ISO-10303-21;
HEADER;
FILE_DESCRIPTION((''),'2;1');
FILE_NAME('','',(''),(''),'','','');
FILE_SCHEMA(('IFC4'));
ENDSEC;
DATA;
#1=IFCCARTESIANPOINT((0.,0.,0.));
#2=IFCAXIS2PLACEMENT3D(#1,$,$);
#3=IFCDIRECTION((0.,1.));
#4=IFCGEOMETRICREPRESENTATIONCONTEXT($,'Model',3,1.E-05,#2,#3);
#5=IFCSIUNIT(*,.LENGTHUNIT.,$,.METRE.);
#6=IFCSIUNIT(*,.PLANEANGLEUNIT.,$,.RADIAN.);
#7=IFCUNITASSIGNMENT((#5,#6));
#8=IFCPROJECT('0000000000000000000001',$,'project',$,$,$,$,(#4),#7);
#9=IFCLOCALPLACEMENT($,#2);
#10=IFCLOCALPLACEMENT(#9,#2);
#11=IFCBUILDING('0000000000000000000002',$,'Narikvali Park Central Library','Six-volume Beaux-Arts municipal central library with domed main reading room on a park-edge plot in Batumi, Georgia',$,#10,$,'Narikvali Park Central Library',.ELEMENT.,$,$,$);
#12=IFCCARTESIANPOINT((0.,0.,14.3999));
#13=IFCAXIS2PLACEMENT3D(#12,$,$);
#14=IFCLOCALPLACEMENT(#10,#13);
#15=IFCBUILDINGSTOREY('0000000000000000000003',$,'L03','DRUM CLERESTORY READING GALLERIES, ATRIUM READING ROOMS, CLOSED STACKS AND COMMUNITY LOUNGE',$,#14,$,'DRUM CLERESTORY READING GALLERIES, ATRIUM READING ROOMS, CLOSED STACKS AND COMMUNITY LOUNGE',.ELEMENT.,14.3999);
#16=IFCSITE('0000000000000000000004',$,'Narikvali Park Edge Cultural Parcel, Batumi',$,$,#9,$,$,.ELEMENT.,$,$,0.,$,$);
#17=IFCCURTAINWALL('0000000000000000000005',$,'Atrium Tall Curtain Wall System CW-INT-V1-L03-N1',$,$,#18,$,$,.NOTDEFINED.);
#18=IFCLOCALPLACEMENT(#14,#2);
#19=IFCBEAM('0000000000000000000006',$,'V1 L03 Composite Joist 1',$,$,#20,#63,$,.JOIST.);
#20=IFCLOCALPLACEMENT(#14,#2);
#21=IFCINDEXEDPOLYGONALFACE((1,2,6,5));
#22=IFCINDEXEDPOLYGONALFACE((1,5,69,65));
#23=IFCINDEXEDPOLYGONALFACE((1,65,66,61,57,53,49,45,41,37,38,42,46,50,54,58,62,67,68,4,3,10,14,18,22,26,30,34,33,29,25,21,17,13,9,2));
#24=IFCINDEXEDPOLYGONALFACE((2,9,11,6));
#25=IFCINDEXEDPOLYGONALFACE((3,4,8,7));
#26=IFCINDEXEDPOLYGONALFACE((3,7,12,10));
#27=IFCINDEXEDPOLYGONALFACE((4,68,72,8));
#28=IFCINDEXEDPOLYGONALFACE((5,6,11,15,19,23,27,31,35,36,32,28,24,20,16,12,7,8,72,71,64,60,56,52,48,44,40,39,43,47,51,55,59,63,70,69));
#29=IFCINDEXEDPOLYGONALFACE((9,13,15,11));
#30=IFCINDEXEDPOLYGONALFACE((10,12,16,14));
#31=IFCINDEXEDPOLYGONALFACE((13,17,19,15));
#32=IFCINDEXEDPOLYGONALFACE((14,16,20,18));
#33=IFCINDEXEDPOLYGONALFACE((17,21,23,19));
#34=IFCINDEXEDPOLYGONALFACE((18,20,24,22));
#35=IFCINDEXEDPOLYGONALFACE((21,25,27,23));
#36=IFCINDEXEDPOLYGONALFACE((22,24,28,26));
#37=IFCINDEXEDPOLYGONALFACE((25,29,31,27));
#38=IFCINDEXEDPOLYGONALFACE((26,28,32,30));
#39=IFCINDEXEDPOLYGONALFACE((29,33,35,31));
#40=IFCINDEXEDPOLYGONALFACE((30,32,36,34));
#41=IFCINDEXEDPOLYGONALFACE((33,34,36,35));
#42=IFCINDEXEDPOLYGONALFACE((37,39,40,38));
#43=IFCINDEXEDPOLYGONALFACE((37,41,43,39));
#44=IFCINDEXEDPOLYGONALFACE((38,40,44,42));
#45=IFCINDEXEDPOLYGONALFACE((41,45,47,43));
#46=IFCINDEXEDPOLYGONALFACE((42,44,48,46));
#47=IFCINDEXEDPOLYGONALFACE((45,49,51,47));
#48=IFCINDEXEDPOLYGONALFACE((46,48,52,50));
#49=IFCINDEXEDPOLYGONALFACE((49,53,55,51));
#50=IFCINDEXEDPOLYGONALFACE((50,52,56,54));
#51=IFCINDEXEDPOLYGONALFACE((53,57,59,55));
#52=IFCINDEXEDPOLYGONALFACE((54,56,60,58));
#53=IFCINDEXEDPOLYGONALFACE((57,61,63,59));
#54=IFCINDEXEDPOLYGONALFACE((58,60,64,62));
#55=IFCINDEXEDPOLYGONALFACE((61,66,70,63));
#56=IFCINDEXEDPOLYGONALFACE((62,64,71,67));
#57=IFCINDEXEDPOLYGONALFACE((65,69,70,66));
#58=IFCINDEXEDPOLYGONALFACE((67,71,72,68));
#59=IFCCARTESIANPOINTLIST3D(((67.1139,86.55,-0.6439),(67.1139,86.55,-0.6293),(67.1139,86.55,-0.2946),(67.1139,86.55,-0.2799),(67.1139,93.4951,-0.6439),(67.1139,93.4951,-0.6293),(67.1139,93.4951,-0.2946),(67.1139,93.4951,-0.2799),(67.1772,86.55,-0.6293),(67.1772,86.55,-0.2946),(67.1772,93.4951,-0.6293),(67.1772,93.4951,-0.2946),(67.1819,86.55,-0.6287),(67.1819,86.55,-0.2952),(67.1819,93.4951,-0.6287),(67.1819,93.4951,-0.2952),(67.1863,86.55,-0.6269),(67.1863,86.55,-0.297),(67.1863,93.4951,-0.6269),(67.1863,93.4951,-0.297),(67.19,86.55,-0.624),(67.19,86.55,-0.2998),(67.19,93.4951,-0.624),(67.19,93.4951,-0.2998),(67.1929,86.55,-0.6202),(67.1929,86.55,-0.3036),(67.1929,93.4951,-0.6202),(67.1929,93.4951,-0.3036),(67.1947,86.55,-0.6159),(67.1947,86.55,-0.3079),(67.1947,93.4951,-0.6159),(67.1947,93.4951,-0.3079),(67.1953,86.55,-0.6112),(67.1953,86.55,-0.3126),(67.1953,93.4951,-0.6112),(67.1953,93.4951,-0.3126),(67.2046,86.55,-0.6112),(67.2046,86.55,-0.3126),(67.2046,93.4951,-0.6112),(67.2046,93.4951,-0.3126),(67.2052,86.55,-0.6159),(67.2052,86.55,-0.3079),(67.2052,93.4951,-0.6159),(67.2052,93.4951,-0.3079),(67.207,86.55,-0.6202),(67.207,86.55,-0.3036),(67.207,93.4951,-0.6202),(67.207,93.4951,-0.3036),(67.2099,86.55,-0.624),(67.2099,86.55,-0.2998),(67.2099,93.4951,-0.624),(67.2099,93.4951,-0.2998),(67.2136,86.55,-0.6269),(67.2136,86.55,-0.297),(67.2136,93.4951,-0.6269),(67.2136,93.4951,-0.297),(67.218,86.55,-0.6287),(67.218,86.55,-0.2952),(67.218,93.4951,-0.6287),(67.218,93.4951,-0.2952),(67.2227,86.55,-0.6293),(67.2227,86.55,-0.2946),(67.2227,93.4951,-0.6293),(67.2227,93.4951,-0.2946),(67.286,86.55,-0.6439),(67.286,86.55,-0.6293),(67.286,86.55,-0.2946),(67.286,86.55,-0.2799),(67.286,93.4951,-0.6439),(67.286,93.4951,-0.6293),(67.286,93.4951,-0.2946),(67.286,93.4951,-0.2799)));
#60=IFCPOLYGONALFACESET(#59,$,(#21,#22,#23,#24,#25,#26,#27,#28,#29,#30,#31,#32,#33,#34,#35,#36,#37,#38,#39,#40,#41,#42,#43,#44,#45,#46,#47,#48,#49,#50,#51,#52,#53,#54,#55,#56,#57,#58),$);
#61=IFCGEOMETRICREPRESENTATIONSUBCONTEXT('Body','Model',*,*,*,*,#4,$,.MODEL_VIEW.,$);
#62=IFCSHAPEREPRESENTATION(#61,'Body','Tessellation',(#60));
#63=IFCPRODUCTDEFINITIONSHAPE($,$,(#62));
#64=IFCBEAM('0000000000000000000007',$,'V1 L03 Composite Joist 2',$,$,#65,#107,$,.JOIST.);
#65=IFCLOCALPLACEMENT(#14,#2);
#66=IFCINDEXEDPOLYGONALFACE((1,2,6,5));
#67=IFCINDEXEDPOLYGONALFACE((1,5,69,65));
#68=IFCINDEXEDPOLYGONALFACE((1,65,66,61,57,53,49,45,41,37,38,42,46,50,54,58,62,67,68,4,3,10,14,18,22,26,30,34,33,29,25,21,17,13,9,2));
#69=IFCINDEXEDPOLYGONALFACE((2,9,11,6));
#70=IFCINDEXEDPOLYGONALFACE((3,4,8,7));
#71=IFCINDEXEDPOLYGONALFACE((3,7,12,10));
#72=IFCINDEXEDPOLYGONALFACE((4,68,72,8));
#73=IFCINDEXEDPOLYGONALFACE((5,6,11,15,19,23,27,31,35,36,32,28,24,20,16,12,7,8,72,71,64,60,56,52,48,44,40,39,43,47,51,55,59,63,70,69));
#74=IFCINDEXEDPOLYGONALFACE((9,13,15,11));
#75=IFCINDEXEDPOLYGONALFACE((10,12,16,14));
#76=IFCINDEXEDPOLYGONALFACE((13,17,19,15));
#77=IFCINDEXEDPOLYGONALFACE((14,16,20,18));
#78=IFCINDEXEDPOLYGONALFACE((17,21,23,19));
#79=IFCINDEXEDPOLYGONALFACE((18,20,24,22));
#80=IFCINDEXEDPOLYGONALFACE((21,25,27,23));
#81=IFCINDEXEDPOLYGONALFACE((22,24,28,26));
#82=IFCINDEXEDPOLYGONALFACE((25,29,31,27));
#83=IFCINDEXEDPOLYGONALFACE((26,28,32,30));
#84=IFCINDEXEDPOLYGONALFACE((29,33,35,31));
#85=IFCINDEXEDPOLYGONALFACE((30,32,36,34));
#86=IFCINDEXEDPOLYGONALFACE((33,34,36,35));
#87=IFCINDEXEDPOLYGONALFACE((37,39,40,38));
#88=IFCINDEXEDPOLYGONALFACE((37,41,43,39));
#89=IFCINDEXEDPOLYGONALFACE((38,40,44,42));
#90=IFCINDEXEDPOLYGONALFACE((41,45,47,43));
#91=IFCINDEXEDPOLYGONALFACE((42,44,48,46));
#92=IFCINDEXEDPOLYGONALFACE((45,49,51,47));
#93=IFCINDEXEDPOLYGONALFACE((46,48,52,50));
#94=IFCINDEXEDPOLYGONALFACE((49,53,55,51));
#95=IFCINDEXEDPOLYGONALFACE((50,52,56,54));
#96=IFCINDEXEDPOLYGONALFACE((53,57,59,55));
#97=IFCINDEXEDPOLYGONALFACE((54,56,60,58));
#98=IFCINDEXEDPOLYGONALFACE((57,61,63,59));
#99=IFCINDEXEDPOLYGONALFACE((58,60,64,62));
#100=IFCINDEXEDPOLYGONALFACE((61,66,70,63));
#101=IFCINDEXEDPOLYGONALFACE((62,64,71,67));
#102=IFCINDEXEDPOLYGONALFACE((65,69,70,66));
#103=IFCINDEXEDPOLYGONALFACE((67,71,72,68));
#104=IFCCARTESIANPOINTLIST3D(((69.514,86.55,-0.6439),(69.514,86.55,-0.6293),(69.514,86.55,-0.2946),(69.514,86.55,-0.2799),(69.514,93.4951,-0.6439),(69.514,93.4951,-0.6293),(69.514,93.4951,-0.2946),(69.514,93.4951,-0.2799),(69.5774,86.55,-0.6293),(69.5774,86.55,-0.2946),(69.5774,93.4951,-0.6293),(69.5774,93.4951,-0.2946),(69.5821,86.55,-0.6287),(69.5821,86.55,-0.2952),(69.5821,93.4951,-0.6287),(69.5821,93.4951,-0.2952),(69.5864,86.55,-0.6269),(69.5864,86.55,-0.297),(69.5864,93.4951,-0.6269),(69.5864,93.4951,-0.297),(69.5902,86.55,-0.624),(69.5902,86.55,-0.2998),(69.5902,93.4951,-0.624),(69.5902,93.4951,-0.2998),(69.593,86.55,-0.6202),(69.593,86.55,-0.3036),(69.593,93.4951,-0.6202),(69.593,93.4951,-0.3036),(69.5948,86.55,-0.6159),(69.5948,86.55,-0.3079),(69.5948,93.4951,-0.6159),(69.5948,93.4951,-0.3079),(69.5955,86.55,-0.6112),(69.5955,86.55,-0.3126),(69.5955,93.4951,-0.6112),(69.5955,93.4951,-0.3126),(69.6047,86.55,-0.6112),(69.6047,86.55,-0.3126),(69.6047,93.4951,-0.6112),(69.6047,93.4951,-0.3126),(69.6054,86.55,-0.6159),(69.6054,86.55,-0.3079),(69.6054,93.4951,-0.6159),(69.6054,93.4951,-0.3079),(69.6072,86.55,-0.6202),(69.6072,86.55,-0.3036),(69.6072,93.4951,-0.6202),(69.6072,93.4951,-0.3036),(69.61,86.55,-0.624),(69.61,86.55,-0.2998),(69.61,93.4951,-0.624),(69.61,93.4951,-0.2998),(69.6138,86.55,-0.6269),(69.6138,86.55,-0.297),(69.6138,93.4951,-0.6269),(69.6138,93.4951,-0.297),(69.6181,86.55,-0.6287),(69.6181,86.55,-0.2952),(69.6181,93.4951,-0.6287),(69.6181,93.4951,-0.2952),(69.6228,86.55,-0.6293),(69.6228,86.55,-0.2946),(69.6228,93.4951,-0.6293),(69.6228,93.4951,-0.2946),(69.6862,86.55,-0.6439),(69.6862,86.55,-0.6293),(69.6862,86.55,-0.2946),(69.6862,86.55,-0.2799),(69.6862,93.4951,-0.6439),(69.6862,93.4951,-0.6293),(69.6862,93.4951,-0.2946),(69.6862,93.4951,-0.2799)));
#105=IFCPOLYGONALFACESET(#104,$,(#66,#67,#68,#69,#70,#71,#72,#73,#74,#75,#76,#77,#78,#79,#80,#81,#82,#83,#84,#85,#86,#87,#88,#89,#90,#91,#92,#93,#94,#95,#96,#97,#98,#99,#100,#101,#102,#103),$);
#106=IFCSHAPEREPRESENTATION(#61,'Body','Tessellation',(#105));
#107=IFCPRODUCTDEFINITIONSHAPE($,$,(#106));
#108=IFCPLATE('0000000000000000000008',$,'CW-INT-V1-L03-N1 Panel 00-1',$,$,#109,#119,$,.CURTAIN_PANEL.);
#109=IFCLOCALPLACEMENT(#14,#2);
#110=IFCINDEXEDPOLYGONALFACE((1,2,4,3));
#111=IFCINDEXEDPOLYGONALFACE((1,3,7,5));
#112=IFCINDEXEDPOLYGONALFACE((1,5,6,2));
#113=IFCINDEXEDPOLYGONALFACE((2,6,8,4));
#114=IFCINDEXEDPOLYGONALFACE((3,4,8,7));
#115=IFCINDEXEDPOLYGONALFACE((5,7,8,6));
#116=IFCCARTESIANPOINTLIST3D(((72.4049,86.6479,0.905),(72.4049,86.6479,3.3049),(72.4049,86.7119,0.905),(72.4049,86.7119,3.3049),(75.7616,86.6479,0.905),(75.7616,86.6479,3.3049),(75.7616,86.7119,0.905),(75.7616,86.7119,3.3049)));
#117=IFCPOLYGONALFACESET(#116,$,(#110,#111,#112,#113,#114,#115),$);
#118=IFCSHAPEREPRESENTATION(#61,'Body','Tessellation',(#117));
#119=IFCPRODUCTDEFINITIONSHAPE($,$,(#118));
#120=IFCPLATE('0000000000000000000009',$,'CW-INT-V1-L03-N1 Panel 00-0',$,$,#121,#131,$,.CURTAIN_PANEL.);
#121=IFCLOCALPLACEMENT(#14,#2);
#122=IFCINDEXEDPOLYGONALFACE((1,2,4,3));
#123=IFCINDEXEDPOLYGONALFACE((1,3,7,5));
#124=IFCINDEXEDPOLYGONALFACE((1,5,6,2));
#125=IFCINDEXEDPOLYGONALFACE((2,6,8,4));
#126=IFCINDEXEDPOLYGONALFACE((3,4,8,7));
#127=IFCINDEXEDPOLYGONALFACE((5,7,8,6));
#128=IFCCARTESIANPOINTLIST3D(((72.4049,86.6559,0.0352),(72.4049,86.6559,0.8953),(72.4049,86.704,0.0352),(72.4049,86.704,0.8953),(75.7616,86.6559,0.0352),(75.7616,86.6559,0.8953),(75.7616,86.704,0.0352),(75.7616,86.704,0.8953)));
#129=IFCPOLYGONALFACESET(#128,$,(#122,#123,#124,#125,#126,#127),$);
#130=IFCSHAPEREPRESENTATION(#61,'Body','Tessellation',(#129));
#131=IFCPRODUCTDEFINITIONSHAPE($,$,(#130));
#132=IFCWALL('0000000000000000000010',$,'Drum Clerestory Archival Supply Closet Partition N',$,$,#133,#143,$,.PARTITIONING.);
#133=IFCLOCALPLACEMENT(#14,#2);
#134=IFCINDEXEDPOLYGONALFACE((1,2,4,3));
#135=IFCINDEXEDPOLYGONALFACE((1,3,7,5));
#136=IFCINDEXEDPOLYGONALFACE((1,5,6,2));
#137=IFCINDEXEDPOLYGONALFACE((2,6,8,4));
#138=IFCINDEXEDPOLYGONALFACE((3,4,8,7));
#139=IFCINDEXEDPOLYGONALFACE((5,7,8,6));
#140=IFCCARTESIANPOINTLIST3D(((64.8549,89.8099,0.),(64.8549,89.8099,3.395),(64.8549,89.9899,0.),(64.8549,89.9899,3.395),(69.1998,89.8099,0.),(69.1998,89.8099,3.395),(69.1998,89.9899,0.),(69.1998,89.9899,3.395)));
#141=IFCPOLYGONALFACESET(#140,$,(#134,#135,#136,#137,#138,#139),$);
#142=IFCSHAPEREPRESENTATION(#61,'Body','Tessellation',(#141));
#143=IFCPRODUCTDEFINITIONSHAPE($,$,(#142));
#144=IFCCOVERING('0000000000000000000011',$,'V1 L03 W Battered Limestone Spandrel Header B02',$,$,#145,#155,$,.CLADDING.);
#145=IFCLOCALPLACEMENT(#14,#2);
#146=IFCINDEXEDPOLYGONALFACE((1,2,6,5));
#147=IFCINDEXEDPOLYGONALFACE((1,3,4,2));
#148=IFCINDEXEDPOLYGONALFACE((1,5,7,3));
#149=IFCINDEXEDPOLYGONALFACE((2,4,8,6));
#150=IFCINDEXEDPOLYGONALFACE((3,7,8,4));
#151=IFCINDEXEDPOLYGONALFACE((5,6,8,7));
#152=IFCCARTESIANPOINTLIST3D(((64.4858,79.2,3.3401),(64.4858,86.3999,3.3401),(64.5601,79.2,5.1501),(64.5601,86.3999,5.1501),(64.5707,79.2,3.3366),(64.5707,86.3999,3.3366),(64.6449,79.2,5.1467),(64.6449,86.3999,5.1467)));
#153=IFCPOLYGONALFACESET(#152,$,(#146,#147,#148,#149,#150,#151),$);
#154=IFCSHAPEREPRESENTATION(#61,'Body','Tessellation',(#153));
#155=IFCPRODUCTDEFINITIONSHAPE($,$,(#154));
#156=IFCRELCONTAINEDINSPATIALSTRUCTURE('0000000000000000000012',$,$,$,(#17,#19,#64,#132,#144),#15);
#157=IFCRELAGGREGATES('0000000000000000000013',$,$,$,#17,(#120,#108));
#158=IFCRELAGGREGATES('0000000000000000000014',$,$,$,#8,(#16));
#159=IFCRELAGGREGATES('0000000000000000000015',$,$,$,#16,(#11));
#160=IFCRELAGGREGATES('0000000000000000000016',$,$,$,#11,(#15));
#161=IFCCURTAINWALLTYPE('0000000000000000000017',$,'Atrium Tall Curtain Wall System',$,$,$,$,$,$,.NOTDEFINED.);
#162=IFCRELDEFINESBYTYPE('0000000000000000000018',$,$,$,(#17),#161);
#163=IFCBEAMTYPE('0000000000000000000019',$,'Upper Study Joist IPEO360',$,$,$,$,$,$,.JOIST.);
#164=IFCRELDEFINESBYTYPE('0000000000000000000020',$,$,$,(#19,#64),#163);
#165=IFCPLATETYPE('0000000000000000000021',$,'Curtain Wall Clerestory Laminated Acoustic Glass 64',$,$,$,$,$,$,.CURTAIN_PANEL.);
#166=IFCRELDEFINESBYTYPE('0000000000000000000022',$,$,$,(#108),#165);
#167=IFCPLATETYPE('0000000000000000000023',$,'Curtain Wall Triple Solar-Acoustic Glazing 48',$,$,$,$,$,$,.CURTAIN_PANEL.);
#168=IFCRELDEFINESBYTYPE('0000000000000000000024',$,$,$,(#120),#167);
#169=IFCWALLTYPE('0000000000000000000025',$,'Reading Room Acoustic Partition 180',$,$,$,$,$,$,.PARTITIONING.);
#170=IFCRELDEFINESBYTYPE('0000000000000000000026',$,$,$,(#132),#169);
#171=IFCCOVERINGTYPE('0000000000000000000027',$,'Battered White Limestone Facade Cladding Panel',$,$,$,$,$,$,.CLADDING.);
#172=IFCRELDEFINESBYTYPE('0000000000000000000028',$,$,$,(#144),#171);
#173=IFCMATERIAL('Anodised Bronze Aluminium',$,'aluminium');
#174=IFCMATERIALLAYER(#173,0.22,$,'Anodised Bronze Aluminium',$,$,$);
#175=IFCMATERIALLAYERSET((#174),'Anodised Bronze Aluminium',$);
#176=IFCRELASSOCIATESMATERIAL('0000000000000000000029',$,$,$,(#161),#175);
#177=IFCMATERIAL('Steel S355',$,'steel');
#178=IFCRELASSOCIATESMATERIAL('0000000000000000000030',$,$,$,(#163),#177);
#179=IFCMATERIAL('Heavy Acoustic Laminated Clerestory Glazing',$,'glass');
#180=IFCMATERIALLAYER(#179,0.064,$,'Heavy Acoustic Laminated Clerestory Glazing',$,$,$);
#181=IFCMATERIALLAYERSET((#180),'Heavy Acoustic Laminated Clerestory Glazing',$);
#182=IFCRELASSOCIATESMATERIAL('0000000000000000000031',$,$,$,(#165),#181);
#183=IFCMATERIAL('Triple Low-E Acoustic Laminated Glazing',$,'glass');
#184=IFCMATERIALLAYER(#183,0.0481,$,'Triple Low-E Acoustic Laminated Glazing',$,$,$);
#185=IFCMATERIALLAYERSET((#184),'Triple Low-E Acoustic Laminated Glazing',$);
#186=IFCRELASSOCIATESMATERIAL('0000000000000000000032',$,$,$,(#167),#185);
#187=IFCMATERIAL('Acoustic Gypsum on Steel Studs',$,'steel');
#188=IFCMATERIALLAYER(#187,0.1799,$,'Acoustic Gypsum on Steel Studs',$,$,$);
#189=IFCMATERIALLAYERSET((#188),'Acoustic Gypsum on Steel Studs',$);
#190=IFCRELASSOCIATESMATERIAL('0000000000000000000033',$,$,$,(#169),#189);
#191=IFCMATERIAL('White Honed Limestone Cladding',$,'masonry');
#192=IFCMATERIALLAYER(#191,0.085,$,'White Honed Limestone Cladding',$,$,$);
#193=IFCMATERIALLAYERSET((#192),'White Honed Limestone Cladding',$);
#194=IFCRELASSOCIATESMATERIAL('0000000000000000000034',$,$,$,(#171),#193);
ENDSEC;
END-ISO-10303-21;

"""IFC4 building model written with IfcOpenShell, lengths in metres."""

from ifc_helpers import new_model, si_unit, direction, frame, frame_2d, origin, origin_2d, place, context, subcontext, project, spatial, polyline, rectangle, i_section, outline, extrude, material, layer, layer_set, material_profile, profile_set, type_object, element, aggregate, save


model = new_model("IFC4")

# Units and contexts
model_context = context("Model", 3, precision=1e-05, world=origin(), true_north=direction((0.0, 1.0)))
body_context = subcontext(model_context, "Body", "Model", "MODEL_VIEW")
ifc_project = project(units=[si_unit("LENGTHUNIT", "METRE"), si_unit("PLANEANGLEUNIT", "RADIAN")], contexts=[model_context])

# Site, building, storey
site_placement = place(None, origin())
site = spatial("IfcSite", under=ifc_project, at=site_placement, Name="Narikvali Park Edge Cultural Parcel, Batumi", CompositionType="ELEMENT", RefElevation=0.0)
building_placement = place(site_placement, origin())
building = spatial("IfcBuilding", under=site, at=building_placement, Name="Narikvali Park Central Library", Description="Six-volume Beaux-Arts municipal central library with domed main reading room on a park-edge plot in Batumi, Georgia", LongName="Narikvali Park Central Library", CompositionType="ELEMENT")
storey_placement = place(building_placement, frame((0.0, 0.0, 14.3999)))
storey = spatial("IfcBuildingStorey", under=building, at=storey_placement, Name="L03", Description="DRUM CLERESTORY READING GALLERIES, ATRIUM READING ROOMS, CLOSED STACKS AND COMMUNITY LOUNGE", LongName="DRUM CLERESTORY READING GALLERIES, ATRIUM READING ROOMS, CLOSED STACKS AND COMMUNITY LOUNGE", CompositionType="ELEMENT", Elevation=14.3999)

# Shared definitions
ifc_material_1 = material(Name="Steel S355", Category="steel")

# Curtain wall
ifc_material_2 = material(Name="Anodised Bronze Aluminium", Category="aluminium")
ifc_layer_1 = layer(ifc_material_2, 0.22, Name="Anodised Bronze Aluminium")
ifc_layer_set_1 = layer_set([ifc_layer_1], Name="Anodised Bronze Aluminium")
curtain_wall_type_1 = type_object("IfcCurtainWallType", Name="Atrium Tall Curtain Wall System", PredefinedType="NOTDEFINED", material=ifc_layer_set_1)
curtain_wall_1_placement = place(storey_placement, origin())
curtain_wall_1 = element("IfcCurtainWall", 1, at=curtain_wall_1_placement, inside=storey, type_object=curtain_wall_type_1, Name="Atrium Tall Curtain Wall System CW-INT-V1-L03-N1", PredefinedType="NOTDEFINED")

# Beams
ifc_material_profile_1 = material_profile(ifc_material_1, i_section(OverallWidth=0.1721, OverallDepth=0.364, WebThickness=0.0093, FlangeThickness=0.0146, FilletRadius=0.0181, at=origin_2d()), Name="IPEO 360")
ifc_profile_set_1 = profile_set([ifc_material_profile_1], Name="Steel S355")
beam_type_1 = type_object("IfcBeamType", Name="Upper Study Joist IPEO360", PredefinedType="JOIST", material=ifc_profile_set_1)
for number, where, z_axis, x_axis, name in (
    (2, (67.2, 86.55, -0.4619), (0.0, 1.0, 0.0), (-1.0, 0.0, 0.0), "V1 L03 Composite Joist 1"),
    (3, (69.6001, 86.55, -0.4619), (0.0, 1.0, 0.0), (-1.0, 0.0, 0.0), "V1 L03 Composite Joist 2"),
):
    element("IfcBeam", number, at=place(storey_placement, frame(where, z_axis=z_axis, x_axis=x_axis)), inside=storey, type_object=beam_type_1, Name=name, PredefinedType="JOIST", context=body_context, shape_type="SweptSolid", body=[
        extrude(i_section(OverallWidth=0.1721, OverallDepth=0.364, WebThickness=0.0093, FlangeThickness=0.0146, FilletRadius=0.0181, at=origin_2d()), origin(), (0.0, 0.0, 1.0), 6.9451),
    ])

# Plates
ifc_material_3 = material(Name="Heavy Acoustic Laminated Clerestory Glazing", Category="glass")
ifc_layer_2 = layer(ifc_material_3, 0.064, Name="Heavy Acoustic Laminated Clerestory Glazing")
ifc_layer_set_2 = layer_set([ifc_layer_2], Name="Heavy Acoustic Laminated Clerestory Glazing")
plate_type_1 = type_object("IfcPlateType", Name="Curtain Wall Clerestory Laminated Acoustic Glass 64", PredefinedType="CURTAIN_PANEL", material=ifc_layer_set_2)
plate_1_placement = place(storey_placement, frame((74.0833, 86.6799, 0.905), z_axis=(0.0, 0.0, 1.0), x_axis=(1.0, 0.0, 0.0)))
plate_1 = element("IfcPlate", 4, at=plate_1_placement, type_object=plate_type_1, Name="CW-INT-V1-L03-N1 Panel 00-1", PredefinedType="CURTAIN_PANEL", context=body_context, shape_type="SweptSolid", body=[
    extrude(rectangle(XDim=3.3567, YDim=0.064, at=origin_2d()), origin(), (0.0, 0.0, 1.0), 2.3999),
])
ifc_material_4 = material(Name="Triple Low-E Acoustic Laminated Glazing", Category="glass")
ifc_layer_3 = layer(ifc_material_4, 0.0481, Name="Triple Low-E Acoustic Laminated Glazing")
ifc_layer_set_3 = layer_set([ifc_layer_3], Name="Triple Low-E Acoustic Laminated Glazing")
plate_type_2 = type_object("IfcPlateType", Name="Curtain Wall Triple Solar-Acoustic Glazing 48", PredefinedType="CURTAIN_PANEL", material=ifc_layer_set_3)
plate_2_placement = place(storey_placement, frame((74.0833, 86.6799, 0.0352), z_axis=(0.0, 0.0, 1.0), x_axis=(1.0, 0.0, 0.0)))
plate_2 = element("IfcPlate", 5, at=plate_2_placement, type_object=plate_type_2, Name="CW-INT-V1-L03-N1 Panel 00-0", PredefinedType="CURTAIN_PANEL", context=body_context, shape_type="SweptSolid", body=[
    extrude(rectangle(XDim=3.3567, YDim=0.0481, at=origin_2d()), origin(), (0.0, 0.0, 1.0), 0.8601),
])
aggregate(curtain_wall_1, [plate_2, plate_1])

# Wall
ifc_material_5 = material(Name="Acoustic Gypsum on Steel Studs", Category="steel")
ifc_layer_4 = layer(ifc_material_5, 0.1799, Name="Acoustic Gypsum on Steel Studs")
ifc_layer_set_4 = layer_set([ifc_layer_4], Name="Acoustic Gypsum on Steel Studs")
wall_type = type_object("IfcWallType", Name="Reading Room Acoustic Partition 180", PredefinedType="PARTITIONING", material=ifc_layer_set_4)
wall_placement = place(storey_placement, frame((64.855, 89.8999, 0.0), z_axis=(0.0, 0.0, 1.0), x_axis=(1.0, 0.0, 0.0)))
element("IfcWall", 6, at=wall_placement, inside=storey, type_object=wall_type, Name="Drum Clerestory Archival Supply Closet Partition N", PredefinedType="PARTITIONING", context=body_context, shape_type="SweptSolid", body=[
    extrude(rectangle(XDim=4.345, YDim=0.1799, at=frame_2d((2.1724, 0.0))), origin(), (0.0, 0.0, 1.0), 3.395),
])

# Covering
ifc_material_6 = material(Name="White Honed Limestone Cladding", Category="masonry")
ifc_layer_5 = layer(ifc_material_6, 0.085, Name="White Honed Limestone Cladding")
ifc_layer_set_5 = layer_set([ifc_layer_5], Name="White Honed Limestone Cladding")
covering_type = type_object("IfcCoveringType", Name="Battered White Limestone Facade Cladding Panel", PredefinedType="CLADDING", material=ifc_layer_set_5)
covering_placement = place(storey_placement, frame((64.4858, 86.3999, 3.3401), z_axis=(-0.99916, 0.0, 0.040969), x_axis=(0.0, -1.0, 0.0)))
element("IfcCovering", 7, at=covering_placement, inside=storey, type_object=covering_type, Name="V1 L03 W Battered Limestone Spandrel Header B02", PredefinedType="CLADDING", context=body_context, shape_type="SweptSolid", body=[
    extrude(outline(polyline([(0.0, 0.0), (7.2, 0.0), (7.2, 1.8116), (0.0, 1.8116), (0.0, 0.0)])), origin(), (0.0, 0.0, -1.0), 0.085),
])

save(model, "model.ifc")
